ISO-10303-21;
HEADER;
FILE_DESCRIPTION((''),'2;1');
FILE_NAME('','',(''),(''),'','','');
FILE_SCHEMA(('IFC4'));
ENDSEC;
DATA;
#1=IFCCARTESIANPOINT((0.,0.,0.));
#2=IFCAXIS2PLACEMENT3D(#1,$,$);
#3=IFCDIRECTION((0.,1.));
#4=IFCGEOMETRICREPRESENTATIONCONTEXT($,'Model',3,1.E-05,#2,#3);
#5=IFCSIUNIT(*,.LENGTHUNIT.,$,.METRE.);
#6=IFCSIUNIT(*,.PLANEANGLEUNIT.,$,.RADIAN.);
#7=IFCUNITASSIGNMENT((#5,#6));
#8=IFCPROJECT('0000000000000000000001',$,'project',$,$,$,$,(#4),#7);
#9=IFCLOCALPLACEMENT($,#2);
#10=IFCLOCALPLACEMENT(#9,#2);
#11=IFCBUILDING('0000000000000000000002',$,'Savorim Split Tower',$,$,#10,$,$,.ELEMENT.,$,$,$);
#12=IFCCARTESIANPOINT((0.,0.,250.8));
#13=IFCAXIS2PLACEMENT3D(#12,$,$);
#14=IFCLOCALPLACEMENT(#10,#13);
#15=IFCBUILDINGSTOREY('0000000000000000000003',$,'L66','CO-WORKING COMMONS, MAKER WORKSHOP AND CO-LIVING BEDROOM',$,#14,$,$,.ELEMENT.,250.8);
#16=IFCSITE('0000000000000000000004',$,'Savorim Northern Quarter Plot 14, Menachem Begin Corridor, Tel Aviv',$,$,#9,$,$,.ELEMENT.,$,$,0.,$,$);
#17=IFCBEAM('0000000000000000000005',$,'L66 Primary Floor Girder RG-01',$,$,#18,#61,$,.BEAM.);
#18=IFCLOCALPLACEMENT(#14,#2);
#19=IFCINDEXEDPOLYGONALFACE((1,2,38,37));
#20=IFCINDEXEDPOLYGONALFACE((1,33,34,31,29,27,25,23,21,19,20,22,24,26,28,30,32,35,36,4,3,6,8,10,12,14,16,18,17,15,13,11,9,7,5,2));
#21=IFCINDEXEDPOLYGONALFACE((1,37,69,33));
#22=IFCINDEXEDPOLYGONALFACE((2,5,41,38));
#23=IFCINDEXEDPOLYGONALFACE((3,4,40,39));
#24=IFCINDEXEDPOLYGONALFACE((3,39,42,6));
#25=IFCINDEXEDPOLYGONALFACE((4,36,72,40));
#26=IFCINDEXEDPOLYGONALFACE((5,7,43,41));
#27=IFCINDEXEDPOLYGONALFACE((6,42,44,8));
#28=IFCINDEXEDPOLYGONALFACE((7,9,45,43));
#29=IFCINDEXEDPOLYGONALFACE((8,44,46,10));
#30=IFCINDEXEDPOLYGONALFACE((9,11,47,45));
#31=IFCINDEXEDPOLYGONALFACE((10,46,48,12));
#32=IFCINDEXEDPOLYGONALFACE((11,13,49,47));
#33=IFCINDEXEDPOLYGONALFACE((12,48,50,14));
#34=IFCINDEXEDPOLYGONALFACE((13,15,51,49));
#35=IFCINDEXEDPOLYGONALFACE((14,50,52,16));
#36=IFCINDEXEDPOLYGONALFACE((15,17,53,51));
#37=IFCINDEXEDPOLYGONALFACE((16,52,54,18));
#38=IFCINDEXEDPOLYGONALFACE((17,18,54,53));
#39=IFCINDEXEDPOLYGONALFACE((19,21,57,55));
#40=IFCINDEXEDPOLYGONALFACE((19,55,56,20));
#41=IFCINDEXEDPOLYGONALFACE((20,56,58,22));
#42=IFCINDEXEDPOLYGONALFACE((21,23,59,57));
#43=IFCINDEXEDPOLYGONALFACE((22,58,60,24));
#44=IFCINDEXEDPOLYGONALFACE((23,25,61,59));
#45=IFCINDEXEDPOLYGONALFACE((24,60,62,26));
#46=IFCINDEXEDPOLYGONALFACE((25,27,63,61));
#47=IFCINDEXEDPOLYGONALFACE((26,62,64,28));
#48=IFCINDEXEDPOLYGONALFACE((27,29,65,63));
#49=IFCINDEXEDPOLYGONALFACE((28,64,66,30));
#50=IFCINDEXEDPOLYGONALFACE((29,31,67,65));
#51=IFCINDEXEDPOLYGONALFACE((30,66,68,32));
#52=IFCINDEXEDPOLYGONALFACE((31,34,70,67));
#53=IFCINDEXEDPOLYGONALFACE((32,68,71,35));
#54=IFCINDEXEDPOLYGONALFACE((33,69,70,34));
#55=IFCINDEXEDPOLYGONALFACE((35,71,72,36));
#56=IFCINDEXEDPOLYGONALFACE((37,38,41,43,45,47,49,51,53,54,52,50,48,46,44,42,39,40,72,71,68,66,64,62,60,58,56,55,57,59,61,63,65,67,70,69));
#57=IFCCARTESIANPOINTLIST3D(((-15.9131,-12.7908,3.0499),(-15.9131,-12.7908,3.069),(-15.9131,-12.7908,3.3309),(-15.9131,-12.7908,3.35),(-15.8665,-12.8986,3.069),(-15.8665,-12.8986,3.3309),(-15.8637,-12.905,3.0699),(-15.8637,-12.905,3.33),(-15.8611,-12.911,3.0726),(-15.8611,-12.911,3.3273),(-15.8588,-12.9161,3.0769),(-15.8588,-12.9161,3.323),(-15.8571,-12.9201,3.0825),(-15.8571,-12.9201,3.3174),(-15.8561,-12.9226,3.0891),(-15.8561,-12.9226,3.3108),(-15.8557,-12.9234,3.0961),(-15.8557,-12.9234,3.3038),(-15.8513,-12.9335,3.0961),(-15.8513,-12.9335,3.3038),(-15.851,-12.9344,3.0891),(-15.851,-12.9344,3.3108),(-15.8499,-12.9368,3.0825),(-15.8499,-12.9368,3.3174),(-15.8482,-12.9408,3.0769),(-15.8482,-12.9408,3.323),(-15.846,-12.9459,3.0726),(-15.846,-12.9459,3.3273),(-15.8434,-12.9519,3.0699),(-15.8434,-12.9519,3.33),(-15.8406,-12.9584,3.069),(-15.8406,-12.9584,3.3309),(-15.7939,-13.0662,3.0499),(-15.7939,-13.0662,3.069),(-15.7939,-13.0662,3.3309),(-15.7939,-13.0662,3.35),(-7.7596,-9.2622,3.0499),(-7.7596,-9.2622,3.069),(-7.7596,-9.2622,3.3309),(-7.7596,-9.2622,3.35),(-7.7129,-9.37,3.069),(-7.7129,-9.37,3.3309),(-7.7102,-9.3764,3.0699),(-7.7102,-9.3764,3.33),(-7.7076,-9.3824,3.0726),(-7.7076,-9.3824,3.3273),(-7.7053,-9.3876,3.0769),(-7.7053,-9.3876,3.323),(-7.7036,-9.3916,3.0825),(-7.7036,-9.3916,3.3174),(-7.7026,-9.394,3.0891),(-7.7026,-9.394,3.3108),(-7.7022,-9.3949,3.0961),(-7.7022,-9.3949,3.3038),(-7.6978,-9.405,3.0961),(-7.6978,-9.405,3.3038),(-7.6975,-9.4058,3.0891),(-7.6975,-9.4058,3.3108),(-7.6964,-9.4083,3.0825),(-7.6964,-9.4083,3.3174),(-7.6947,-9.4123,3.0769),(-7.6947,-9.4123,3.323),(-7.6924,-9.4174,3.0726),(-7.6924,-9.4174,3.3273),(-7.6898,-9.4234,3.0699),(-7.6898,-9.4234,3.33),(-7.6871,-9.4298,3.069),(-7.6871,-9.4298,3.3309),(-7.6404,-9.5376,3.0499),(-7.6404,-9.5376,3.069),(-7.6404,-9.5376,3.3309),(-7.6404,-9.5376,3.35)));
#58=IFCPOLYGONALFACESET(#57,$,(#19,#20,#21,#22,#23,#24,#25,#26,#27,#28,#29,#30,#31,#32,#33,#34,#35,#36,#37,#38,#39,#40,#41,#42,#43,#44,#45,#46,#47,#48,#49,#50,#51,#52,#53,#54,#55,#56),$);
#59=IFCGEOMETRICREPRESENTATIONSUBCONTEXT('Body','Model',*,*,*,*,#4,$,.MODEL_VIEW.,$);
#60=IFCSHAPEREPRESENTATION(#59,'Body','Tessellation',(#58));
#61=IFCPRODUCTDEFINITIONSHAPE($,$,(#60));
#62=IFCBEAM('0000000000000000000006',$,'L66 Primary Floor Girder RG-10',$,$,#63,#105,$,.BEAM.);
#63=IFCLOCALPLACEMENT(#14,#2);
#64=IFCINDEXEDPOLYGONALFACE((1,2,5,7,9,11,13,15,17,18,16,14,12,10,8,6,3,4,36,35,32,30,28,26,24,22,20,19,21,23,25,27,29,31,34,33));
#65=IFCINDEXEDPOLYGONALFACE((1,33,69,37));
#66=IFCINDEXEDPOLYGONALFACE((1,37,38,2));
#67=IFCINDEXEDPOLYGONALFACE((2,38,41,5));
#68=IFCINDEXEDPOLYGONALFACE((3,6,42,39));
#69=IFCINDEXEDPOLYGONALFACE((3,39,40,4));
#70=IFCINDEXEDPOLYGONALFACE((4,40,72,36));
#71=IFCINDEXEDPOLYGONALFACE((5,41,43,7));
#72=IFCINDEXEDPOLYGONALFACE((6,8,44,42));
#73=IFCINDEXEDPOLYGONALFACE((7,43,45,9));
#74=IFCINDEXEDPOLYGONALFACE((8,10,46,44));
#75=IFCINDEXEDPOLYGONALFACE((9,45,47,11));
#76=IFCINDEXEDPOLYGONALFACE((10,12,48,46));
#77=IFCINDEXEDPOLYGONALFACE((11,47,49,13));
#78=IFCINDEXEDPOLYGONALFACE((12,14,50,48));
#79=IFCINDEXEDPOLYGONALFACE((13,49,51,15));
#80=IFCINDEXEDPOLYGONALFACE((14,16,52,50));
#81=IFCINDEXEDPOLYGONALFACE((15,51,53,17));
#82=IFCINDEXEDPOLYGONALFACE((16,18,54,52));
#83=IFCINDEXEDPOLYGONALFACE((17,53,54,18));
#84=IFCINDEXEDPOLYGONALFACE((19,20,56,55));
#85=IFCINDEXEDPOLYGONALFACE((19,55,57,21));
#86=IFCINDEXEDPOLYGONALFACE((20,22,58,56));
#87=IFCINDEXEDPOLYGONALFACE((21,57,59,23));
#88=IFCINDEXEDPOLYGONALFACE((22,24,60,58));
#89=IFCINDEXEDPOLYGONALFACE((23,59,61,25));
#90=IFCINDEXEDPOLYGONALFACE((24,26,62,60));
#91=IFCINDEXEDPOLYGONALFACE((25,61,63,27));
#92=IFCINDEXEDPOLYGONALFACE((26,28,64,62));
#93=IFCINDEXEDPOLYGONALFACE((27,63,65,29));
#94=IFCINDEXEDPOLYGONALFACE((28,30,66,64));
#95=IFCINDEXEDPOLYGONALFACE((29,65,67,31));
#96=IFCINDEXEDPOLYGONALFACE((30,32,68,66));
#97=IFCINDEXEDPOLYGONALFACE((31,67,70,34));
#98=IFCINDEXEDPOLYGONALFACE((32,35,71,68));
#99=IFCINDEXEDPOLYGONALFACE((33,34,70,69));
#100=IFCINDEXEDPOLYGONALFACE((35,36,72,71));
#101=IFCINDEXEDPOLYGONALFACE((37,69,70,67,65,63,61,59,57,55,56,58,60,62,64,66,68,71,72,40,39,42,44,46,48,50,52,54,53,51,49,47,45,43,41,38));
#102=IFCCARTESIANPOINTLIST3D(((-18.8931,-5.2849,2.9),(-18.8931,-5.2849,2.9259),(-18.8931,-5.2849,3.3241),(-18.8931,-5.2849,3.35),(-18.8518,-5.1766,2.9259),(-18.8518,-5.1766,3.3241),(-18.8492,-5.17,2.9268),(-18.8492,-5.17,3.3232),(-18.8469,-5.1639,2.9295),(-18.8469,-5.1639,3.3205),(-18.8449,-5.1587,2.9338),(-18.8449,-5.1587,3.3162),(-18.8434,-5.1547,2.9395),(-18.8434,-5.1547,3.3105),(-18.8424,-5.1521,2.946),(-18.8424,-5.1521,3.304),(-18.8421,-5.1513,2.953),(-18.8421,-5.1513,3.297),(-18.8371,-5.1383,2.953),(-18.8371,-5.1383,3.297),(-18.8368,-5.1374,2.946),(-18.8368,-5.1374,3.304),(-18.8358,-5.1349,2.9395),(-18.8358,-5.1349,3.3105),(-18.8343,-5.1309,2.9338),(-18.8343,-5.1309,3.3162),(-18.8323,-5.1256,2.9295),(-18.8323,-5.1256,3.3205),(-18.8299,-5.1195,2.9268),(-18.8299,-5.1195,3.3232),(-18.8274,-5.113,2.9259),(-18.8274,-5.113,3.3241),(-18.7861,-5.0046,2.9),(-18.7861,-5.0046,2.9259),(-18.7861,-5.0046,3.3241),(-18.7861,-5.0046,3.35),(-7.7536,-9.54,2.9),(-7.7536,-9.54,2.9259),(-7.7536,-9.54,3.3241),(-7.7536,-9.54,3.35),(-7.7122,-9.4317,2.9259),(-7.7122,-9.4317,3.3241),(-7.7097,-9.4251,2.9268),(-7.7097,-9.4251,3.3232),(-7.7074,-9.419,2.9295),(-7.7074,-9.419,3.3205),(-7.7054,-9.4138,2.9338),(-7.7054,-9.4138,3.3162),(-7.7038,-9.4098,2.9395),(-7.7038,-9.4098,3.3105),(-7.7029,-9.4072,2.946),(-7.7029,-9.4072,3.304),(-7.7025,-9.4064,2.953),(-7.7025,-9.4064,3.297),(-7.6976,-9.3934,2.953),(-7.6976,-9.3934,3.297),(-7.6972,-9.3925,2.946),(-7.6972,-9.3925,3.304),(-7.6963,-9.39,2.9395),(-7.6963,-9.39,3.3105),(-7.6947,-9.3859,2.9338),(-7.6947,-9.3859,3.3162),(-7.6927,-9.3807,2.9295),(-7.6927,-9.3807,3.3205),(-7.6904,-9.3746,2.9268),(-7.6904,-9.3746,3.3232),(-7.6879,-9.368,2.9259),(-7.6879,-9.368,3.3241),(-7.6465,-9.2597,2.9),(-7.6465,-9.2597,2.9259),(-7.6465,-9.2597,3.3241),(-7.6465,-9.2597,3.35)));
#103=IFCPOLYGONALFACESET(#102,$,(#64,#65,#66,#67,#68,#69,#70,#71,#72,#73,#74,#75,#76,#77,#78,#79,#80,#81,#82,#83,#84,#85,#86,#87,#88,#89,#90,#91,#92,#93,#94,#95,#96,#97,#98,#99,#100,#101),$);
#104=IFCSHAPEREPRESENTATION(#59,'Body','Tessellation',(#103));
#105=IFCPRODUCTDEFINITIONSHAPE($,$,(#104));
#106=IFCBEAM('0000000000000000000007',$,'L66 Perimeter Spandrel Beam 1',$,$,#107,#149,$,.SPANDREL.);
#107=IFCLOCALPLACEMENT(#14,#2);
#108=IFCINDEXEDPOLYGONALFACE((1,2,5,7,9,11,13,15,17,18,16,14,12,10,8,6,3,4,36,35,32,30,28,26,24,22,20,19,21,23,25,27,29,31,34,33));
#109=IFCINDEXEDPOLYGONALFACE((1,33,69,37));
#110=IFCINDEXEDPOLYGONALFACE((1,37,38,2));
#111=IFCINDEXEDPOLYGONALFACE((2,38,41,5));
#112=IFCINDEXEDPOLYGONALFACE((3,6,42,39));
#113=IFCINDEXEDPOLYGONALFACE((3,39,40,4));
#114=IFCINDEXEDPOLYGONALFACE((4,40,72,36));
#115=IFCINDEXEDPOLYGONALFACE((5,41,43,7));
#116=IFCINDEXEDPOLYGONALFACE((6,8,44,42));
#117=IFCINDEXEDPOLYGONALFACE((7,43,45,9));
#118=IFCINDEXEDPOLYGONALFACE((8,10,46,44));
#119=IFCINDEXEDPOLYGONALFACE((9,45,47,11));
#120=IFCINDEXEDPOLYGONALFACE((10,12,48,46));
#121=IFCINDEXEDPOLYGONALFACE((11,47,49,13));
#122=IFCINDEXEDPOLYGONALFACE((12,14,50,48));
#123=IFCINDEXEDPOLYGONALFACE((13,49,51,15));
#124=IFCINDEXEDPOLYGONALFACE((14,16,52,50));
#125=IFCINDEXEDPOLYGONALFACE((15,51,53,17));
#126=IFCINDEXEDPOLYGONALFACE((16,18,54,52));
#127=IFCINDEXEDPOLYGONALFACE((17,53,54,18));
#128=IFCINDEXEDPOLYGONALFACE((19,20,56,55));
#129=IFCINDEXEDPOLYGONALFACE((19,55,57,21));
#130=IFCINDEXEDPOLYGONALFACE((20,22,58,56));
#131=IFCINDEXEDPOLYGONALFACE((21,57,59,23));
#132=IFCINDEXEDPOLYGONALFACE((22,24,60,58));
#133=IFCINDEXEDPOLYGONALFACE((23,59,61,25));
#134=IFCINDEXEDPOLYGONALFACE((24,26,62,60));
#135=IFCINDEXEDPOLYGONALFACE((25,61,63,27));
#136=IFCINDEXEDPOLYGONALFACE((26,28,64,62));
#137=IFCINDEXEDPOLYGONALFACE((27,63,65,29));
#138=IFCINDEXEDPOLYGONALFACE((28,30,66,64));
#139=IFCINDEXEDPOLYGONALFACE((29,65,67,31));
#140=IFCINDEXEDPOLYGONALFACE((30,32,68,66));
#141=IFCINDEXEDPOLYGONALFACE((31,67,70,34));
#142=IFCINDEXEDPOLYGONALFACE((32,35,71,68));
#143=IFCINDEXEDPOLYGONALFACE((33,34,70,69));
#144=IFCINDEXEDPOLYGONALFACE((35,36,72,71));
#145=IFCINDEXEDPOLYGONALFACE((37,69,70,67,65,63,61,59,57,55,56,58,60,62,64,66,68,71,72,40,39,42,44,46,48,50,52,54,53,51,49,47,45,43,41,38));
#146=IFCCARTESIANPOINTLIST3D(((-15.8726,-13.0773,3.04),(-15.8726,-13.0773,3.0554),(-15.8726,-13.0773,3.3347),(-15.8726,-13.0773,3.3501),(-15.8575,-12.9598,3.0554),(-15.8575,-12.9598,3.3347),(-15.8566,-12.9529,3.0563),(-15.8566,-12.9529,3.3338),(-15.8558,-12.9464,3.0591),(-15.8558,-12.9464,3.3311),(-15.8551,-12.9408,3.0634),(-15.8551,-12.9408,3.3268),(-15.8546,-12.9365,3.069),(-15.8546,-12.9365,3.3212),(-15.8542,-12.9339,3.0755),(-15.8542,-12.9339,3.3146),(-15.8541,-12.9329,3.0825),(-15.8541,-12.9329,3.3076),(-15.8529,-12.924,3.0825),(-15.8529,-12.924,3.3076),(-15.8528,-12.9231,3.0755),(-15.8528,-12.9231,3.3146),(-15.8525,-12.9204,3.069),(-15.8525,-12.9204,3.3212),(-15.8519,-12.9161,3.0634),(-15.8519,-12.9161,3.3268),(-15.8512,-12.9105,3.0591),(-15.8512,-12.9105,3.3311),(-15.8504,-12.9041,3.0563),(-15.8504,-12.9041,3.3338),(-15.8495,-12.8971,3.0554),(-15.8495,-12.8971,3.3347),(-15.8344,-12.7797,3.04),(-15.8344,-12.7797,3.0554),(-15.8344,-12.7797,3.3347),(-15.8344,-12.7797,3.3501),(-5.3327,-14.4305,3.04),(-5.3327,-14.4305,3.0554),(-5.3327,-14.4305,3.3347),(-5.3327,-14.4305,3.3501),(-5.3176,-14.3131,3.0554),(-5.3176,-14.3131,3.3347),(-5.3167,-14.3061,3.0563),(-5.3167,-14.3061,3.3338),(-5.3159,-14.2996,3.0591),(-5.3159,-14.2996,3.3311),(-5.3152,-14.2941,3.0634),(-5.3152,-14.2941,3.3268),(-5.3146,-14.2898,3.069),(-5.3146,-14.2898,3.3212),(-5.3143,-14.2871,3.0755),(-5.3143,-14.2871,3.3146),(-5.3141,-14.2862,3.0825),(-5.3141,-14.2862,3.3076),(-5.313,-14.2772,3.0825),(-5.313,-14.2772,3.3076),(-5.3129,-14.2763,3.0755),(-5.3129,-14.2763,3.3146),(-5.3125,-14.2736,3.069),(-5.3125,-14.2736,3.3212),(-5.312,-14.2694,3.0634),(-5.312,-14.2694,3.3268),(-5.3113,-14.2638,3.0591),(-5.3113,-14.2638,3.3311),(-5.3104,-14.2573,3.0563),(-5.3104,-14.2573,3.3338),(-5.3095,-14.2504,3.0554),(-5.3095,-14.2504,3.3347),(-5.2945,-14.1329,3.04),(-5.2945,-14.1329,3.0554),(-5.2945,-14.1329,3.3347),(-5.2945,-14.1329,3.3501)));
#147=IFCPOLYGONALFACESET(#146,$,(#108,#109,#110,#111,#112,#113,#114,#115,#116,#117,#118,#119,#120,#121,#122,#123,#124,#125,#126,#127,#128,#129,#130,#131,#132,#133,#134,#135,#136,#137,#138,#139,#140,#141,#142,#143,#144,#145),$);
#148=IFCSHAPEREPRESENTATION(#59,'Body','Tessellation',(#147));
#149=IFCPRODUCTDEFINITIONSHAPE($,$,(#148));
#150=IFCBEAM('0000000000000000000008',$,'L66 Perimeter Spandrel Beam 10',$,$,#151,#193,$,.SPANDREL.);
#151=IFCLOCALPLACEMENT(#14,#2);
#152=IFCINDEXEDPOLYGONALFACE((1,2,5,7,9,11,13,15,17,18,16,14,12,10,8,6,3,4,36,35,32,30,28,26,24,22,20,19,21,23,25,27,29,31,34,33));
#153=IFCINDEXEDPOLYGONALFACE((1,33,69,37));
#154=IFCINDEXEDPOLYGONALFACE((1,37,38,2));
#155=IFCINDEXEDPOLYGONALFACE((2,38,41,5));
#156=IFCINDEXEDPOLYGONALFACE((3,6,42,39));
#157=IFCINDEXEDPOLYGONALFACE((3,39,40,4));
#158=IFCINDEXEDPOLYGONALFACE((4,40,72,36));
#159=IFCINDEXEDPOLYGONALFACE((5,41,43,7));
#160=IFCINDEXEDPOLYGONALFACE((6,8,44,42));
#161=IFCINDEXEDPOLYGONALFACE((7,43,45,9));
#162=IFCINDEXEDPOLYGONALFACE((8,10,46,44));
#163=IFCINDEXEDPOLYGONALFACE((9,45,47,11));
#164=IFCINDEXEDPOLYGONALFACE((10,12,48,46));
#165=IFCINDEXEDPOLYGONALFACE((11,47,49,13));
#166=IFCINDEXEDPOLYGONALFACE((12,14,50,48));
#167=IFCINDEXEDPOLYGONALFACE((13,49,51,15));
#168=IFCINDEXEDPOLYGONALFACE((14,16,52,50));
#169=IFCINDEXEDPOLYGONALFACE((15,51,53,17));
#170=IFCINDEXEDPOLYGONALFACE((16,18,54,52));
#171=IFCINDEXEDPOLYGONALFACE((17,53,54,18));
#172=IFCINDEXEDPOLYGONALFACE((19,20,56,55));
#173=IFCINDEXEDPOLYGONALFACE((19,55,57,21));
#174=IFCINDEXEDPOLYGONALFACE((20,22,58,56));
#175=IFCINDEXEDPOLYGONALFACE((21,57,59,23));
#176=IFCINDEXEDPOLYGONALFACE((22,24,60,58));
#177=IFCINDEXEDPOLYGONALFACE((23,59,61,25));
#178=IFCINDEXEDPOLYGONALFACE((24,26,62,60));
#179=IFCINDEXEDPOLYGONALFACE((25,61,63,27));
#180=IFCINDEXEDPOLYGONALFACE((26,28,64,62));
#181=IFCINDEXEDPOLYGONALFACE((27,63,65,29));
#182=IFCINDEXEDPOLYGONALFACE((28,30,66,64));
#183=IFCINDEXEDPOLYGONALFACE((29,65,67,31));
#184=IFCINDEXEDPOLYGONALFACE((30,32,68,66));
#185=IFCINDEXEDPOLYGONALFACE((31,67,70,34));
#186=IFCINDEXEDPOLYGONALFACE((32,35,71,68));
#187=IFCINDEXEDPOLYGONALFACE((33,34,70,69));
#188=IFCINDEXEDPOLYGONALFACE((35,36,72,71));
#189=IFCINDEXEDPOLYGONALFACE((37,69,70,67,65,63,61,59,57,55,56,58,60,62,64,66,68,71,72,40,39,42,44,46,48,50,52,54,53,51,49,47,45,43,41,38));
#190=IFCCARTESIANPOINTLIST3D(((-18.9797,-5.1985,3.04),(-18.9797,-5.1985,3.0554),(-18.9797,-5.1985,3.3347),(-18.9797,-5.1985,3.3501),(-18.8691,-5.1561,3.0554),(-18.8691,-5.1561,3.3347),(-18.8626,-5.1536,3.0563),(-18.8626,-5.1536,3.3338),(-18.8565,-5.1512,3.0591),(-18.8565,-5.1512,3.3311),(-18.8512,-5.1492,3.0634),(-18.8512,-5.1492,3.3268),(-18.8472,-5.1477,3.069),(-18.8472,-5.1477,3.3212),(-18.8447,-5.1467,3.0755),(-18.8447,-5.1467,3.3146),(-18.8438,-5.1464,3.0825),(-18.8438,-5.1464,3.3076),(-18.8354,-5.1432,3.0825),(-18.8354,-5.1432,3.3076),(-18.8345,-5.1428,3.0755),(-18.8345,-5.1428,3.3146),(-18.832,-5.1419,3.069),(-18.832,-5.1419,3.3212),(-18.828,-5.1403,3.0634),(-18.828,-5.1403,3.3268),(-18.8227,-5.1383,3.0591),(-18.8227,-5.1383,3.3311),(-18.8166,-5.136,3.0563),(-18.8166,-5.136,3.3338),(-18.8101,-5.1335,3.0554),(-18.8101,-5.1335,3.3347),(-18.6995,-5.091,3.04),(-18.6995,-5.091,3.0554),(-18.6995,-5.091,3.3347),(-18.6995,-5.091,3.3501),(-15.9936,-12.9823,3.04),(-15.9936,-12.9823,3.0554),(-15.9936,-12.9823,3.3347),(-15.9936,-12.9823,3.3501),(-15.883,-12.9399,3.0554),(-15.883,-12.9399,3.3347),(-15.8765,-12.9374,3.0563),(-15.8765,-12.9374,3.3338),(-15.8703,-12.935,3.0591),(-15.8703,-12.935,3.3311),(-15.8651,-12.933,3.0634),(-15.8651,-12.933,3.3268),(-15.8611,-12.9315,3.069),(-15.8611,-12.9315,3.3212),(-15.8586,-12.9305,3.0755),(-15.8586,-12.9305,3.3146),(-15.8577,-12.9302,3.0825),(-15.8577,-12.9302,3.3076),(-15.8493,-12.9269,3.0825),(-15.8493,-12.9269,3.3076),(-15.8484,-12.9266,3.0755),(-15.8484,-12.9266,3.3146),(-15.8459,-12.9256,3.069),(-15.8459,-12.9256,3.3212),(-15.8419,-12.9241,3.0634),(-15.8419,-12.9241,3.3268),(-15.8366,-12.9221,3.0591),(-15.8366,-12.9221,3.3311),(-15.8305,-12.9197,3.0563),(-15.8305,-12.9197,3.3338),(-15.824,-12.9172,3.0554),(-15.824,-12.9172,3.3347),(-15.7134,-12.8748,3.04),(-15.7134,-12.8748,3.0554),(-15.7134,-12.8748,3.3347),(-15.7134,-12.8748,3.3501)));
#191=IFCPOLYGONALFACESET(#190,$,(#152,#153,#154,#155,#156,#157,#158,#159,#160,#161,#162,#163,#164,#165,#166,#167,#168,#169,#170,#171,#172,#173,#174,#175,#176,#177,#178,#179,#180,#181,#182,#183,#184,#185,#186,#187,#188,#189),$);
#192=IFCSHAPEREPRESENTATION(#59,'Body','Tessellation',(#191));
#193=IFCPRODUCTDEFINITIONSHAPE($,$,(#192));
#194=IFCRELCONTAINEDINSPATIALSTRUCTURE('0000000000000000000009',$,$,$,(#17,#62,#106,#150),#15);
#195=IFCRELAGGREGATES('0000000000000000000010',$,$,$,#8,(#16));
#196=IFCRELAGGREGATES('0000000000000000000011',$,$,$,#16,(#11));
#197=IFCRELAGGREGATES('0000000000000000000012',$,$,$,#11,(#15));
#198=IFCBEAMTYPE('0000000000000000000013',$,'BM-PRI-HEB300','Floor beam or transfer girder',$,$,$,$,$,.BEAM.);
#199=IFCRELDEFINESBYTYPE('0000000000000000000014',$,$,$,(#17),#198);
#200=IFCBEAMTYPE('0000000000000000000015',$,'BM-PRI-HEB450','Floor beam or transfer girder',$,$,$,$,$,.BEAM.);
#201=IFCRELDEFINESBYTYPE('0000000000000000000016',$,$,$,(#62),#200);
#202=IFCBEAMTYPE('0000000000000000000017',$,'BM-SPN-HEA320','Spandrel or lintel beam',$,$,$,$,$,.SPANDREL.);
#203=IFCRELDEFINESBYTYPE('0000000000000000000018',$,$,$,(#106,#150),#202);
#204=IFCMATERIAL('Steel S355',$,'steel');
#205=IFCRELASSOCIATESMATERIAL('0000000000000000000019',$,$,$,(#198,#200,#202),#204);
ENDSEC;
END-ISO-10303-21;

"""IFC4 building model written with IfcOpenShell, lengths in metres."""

from ifc_helpers import new_model, si_unit, direction, frame, origin, origin_2d, place, context, subcontext, project, spatial, i_section, extrude, material, material_profile, profile_set, type_object, element, save


model = new_model("IFC4")

# Units and contexts
model_context = context("Model", 3, precision=1e-05, world=origin(), true_north=direction((0.0, 1.0)))
body_context = subcontext(model_context, "Body", "Model", "MODEL_VIEW")
ifc_project = project(units=[si_unit("LENGTHUNIT", "METRE"), si_unit("PLANEANGLEUNIT", "RADIAN")], contexts=[model_context])

# Site, building, storey
site_placement = place(None, origin())
site = spatial("IfcSite", under=ifc_project, at=site_placement, Name="Savorim Northern Quarter Plot 14, Menachem Begin Corridor, Tel Aviv", CompositionType="ELEMENT", RefElevation=0.0)
building_placement = place(site_placement, origin())
building = spatial("IfcBuilding", under=site, at=building_placement, Name="Savorim Split Tower", CompositionType="ELEMENT")
storey_placement = place(building_placement, frame((0.0, 0.0, 250.8)))
storey = spatial("IfcBuildingStorey", under=building, at=storey_placement, Name="L66", Description="CO-WORKING COMMONS, MAKER WORKSHOP AND CO-LIVING BEDROOM", CompositionType="ELEMENT", Elevation=250.8)

# Shared definitions
ifc_material_1 = material(Name="Steel S355", Category="steel")

# Beams
ifc_material_profile_1 = material_profile(ifc_material_1, i_section(OverallWidth=0.3, OverallDepth=0.3, WebThickness=0.011, FlangeThickness=0.019, FilletRadius=0.0271, at=origin_2d()), Name="HEB 300")
ifc_profile_set_1 = profile_set([ifc_material_profile_1], Name="Steel S355")
beam_type_1 = type_object("IfcBeamType", Name="BM-PRI-HEB300", Description="Floor beam or transfer girder", PredefinedType="BEAM", material=ifc_profile_set_1)
beam_1_placement = place(storey_placement, frame((-15.8535, -12.9285, 3.2), z_axis=(0.917746, 0.397167, 0.0), x_axis=(-0.397167, 0.917746, 0.0)))
element("IfcBeam", 1, at=beam_1_placement, inside=storey, type_object=beam_type_1, Name="L66 Primary Floor Girder RG-01", PredefinedType="BEAM", context=body_context, shape_type="SweptSolid", body=[
    extrude(i_section(OverallWidth=0.3, OverallDepth=0.3, WebThickness=0.011, FlangeThickness=0.019, FilletRadius=0.0271, at=origin_2d()), origin(), (0.0, 0.0, 1.0), 8.8843),
])
ifc_material_profile_2 = material_profile(ifc_material_1, i_section(OverallWidth=0.3, OverallDepth=0.45, WebThickness=0.0139, FlangeThickness=0.0259, FilletRadius=0.0271, at=origin_2d()), Name="HEB 450")
ifc_profile_set_2 = profile_set([ifc_material_profile_2], Name="Steel S355")
beam_type_2 = type_object("IfcBeamType", Name="BM-PRI-HEB450", Description="Floor beam or transfer girder", PredefinedType="BEAM", material=ifc_profile_set_2)
beam_2_placement = place(storey_placement, frame((-18.8396, -5.1448, 3.125), z_axis=(0.934168, -0.356834, 0.0), x_axis=(0.356834, 0.934168, 0.0)))
element("IfcBeam", 2, at=beam_2_placement, inside=storey, type_object=beam_type_2, Name="L66 Primary Floor Girder RG-10", PredefinedType="BEAM", context=body_context, shape_type="SweptSolid", body=[
    extrude(i_section(OverallWidth=0.3, OverallDepth=0.45, WebThickness=0.0139, FlangeThickness=0.0259, FilletRadius=0.0271, at=origin_2d()), origin(), (0.0, 0.0, 1.0), 11.9246),
])
ifc_material_profile_3 = material_profile(ifc_material_1, i_section(OverallWidth=0.3, OverallDepth=0.3101, WebThickness=0.009, FlangeThickness=0.0154, FilletRadius=0.0271, at=origin_2d()), Name="HEA 320")
ifc_profile_set_3 = profile_set([ifc_material_profile_3], Name="Steel S355")
beam_type_3 = type_object("IfcBeamType", Name="BM-SPN-HEA320", Description="Spandrel or lintel beam", PredefinedType="SPANDREL", material=ifc_profile_set_3)
beam_3_placement = place(storey_placement, frame((-15.8535, -12.9285, 3.1951), z_axis=(0.991858, -0.127348, 0.0), x_axis=(0.127348, 0.991858, 0.0)))
element("IfcBeam", 3, at=beam_3_placement, inside=storey, type_object=beam_type_3, Name="L66 Perimeter Spandrel Beam 1", PredefinedType="SPANDREL", context=body_context, shape_type="SweptSolid", body=[
    extrude(i_section(OverallWidth=0.3, OverallDepth=0.3101, WebThickness=0.009, FlangeThickness=0.0154, FilletRadius=0.0271, at=origin_2d()), origin(), (0.0, 0.0, 1.0), 10.6265),
])
beam_4_placement = place(storey_placement, frame((-18.8396, -5.1448, 3.1951), z_axis=(0.35818, -0.933652, 0.0), x_axis=(0.933652, 0.35818, 0.0)))
element("IfcBeam", 4, at=beam_4_placement, inside=storey, type_object=beam_type_3, Name="L66 Perimeter Spandrel Beam 10", PredefinedType="SPANDREL", context=body_context, shape_type="SweptSolid", body=[
    extrude(i_section(OverallWidth=0.3, OverallDepth=0.3101, WebThickness=0.009, FlangeThickness=0.0154, FilletRadius=0.0271, at=origin_2d()), origin(), (0.0, 0.0, 1.0), 8.3369),
])

save(model, "model.ifc")
